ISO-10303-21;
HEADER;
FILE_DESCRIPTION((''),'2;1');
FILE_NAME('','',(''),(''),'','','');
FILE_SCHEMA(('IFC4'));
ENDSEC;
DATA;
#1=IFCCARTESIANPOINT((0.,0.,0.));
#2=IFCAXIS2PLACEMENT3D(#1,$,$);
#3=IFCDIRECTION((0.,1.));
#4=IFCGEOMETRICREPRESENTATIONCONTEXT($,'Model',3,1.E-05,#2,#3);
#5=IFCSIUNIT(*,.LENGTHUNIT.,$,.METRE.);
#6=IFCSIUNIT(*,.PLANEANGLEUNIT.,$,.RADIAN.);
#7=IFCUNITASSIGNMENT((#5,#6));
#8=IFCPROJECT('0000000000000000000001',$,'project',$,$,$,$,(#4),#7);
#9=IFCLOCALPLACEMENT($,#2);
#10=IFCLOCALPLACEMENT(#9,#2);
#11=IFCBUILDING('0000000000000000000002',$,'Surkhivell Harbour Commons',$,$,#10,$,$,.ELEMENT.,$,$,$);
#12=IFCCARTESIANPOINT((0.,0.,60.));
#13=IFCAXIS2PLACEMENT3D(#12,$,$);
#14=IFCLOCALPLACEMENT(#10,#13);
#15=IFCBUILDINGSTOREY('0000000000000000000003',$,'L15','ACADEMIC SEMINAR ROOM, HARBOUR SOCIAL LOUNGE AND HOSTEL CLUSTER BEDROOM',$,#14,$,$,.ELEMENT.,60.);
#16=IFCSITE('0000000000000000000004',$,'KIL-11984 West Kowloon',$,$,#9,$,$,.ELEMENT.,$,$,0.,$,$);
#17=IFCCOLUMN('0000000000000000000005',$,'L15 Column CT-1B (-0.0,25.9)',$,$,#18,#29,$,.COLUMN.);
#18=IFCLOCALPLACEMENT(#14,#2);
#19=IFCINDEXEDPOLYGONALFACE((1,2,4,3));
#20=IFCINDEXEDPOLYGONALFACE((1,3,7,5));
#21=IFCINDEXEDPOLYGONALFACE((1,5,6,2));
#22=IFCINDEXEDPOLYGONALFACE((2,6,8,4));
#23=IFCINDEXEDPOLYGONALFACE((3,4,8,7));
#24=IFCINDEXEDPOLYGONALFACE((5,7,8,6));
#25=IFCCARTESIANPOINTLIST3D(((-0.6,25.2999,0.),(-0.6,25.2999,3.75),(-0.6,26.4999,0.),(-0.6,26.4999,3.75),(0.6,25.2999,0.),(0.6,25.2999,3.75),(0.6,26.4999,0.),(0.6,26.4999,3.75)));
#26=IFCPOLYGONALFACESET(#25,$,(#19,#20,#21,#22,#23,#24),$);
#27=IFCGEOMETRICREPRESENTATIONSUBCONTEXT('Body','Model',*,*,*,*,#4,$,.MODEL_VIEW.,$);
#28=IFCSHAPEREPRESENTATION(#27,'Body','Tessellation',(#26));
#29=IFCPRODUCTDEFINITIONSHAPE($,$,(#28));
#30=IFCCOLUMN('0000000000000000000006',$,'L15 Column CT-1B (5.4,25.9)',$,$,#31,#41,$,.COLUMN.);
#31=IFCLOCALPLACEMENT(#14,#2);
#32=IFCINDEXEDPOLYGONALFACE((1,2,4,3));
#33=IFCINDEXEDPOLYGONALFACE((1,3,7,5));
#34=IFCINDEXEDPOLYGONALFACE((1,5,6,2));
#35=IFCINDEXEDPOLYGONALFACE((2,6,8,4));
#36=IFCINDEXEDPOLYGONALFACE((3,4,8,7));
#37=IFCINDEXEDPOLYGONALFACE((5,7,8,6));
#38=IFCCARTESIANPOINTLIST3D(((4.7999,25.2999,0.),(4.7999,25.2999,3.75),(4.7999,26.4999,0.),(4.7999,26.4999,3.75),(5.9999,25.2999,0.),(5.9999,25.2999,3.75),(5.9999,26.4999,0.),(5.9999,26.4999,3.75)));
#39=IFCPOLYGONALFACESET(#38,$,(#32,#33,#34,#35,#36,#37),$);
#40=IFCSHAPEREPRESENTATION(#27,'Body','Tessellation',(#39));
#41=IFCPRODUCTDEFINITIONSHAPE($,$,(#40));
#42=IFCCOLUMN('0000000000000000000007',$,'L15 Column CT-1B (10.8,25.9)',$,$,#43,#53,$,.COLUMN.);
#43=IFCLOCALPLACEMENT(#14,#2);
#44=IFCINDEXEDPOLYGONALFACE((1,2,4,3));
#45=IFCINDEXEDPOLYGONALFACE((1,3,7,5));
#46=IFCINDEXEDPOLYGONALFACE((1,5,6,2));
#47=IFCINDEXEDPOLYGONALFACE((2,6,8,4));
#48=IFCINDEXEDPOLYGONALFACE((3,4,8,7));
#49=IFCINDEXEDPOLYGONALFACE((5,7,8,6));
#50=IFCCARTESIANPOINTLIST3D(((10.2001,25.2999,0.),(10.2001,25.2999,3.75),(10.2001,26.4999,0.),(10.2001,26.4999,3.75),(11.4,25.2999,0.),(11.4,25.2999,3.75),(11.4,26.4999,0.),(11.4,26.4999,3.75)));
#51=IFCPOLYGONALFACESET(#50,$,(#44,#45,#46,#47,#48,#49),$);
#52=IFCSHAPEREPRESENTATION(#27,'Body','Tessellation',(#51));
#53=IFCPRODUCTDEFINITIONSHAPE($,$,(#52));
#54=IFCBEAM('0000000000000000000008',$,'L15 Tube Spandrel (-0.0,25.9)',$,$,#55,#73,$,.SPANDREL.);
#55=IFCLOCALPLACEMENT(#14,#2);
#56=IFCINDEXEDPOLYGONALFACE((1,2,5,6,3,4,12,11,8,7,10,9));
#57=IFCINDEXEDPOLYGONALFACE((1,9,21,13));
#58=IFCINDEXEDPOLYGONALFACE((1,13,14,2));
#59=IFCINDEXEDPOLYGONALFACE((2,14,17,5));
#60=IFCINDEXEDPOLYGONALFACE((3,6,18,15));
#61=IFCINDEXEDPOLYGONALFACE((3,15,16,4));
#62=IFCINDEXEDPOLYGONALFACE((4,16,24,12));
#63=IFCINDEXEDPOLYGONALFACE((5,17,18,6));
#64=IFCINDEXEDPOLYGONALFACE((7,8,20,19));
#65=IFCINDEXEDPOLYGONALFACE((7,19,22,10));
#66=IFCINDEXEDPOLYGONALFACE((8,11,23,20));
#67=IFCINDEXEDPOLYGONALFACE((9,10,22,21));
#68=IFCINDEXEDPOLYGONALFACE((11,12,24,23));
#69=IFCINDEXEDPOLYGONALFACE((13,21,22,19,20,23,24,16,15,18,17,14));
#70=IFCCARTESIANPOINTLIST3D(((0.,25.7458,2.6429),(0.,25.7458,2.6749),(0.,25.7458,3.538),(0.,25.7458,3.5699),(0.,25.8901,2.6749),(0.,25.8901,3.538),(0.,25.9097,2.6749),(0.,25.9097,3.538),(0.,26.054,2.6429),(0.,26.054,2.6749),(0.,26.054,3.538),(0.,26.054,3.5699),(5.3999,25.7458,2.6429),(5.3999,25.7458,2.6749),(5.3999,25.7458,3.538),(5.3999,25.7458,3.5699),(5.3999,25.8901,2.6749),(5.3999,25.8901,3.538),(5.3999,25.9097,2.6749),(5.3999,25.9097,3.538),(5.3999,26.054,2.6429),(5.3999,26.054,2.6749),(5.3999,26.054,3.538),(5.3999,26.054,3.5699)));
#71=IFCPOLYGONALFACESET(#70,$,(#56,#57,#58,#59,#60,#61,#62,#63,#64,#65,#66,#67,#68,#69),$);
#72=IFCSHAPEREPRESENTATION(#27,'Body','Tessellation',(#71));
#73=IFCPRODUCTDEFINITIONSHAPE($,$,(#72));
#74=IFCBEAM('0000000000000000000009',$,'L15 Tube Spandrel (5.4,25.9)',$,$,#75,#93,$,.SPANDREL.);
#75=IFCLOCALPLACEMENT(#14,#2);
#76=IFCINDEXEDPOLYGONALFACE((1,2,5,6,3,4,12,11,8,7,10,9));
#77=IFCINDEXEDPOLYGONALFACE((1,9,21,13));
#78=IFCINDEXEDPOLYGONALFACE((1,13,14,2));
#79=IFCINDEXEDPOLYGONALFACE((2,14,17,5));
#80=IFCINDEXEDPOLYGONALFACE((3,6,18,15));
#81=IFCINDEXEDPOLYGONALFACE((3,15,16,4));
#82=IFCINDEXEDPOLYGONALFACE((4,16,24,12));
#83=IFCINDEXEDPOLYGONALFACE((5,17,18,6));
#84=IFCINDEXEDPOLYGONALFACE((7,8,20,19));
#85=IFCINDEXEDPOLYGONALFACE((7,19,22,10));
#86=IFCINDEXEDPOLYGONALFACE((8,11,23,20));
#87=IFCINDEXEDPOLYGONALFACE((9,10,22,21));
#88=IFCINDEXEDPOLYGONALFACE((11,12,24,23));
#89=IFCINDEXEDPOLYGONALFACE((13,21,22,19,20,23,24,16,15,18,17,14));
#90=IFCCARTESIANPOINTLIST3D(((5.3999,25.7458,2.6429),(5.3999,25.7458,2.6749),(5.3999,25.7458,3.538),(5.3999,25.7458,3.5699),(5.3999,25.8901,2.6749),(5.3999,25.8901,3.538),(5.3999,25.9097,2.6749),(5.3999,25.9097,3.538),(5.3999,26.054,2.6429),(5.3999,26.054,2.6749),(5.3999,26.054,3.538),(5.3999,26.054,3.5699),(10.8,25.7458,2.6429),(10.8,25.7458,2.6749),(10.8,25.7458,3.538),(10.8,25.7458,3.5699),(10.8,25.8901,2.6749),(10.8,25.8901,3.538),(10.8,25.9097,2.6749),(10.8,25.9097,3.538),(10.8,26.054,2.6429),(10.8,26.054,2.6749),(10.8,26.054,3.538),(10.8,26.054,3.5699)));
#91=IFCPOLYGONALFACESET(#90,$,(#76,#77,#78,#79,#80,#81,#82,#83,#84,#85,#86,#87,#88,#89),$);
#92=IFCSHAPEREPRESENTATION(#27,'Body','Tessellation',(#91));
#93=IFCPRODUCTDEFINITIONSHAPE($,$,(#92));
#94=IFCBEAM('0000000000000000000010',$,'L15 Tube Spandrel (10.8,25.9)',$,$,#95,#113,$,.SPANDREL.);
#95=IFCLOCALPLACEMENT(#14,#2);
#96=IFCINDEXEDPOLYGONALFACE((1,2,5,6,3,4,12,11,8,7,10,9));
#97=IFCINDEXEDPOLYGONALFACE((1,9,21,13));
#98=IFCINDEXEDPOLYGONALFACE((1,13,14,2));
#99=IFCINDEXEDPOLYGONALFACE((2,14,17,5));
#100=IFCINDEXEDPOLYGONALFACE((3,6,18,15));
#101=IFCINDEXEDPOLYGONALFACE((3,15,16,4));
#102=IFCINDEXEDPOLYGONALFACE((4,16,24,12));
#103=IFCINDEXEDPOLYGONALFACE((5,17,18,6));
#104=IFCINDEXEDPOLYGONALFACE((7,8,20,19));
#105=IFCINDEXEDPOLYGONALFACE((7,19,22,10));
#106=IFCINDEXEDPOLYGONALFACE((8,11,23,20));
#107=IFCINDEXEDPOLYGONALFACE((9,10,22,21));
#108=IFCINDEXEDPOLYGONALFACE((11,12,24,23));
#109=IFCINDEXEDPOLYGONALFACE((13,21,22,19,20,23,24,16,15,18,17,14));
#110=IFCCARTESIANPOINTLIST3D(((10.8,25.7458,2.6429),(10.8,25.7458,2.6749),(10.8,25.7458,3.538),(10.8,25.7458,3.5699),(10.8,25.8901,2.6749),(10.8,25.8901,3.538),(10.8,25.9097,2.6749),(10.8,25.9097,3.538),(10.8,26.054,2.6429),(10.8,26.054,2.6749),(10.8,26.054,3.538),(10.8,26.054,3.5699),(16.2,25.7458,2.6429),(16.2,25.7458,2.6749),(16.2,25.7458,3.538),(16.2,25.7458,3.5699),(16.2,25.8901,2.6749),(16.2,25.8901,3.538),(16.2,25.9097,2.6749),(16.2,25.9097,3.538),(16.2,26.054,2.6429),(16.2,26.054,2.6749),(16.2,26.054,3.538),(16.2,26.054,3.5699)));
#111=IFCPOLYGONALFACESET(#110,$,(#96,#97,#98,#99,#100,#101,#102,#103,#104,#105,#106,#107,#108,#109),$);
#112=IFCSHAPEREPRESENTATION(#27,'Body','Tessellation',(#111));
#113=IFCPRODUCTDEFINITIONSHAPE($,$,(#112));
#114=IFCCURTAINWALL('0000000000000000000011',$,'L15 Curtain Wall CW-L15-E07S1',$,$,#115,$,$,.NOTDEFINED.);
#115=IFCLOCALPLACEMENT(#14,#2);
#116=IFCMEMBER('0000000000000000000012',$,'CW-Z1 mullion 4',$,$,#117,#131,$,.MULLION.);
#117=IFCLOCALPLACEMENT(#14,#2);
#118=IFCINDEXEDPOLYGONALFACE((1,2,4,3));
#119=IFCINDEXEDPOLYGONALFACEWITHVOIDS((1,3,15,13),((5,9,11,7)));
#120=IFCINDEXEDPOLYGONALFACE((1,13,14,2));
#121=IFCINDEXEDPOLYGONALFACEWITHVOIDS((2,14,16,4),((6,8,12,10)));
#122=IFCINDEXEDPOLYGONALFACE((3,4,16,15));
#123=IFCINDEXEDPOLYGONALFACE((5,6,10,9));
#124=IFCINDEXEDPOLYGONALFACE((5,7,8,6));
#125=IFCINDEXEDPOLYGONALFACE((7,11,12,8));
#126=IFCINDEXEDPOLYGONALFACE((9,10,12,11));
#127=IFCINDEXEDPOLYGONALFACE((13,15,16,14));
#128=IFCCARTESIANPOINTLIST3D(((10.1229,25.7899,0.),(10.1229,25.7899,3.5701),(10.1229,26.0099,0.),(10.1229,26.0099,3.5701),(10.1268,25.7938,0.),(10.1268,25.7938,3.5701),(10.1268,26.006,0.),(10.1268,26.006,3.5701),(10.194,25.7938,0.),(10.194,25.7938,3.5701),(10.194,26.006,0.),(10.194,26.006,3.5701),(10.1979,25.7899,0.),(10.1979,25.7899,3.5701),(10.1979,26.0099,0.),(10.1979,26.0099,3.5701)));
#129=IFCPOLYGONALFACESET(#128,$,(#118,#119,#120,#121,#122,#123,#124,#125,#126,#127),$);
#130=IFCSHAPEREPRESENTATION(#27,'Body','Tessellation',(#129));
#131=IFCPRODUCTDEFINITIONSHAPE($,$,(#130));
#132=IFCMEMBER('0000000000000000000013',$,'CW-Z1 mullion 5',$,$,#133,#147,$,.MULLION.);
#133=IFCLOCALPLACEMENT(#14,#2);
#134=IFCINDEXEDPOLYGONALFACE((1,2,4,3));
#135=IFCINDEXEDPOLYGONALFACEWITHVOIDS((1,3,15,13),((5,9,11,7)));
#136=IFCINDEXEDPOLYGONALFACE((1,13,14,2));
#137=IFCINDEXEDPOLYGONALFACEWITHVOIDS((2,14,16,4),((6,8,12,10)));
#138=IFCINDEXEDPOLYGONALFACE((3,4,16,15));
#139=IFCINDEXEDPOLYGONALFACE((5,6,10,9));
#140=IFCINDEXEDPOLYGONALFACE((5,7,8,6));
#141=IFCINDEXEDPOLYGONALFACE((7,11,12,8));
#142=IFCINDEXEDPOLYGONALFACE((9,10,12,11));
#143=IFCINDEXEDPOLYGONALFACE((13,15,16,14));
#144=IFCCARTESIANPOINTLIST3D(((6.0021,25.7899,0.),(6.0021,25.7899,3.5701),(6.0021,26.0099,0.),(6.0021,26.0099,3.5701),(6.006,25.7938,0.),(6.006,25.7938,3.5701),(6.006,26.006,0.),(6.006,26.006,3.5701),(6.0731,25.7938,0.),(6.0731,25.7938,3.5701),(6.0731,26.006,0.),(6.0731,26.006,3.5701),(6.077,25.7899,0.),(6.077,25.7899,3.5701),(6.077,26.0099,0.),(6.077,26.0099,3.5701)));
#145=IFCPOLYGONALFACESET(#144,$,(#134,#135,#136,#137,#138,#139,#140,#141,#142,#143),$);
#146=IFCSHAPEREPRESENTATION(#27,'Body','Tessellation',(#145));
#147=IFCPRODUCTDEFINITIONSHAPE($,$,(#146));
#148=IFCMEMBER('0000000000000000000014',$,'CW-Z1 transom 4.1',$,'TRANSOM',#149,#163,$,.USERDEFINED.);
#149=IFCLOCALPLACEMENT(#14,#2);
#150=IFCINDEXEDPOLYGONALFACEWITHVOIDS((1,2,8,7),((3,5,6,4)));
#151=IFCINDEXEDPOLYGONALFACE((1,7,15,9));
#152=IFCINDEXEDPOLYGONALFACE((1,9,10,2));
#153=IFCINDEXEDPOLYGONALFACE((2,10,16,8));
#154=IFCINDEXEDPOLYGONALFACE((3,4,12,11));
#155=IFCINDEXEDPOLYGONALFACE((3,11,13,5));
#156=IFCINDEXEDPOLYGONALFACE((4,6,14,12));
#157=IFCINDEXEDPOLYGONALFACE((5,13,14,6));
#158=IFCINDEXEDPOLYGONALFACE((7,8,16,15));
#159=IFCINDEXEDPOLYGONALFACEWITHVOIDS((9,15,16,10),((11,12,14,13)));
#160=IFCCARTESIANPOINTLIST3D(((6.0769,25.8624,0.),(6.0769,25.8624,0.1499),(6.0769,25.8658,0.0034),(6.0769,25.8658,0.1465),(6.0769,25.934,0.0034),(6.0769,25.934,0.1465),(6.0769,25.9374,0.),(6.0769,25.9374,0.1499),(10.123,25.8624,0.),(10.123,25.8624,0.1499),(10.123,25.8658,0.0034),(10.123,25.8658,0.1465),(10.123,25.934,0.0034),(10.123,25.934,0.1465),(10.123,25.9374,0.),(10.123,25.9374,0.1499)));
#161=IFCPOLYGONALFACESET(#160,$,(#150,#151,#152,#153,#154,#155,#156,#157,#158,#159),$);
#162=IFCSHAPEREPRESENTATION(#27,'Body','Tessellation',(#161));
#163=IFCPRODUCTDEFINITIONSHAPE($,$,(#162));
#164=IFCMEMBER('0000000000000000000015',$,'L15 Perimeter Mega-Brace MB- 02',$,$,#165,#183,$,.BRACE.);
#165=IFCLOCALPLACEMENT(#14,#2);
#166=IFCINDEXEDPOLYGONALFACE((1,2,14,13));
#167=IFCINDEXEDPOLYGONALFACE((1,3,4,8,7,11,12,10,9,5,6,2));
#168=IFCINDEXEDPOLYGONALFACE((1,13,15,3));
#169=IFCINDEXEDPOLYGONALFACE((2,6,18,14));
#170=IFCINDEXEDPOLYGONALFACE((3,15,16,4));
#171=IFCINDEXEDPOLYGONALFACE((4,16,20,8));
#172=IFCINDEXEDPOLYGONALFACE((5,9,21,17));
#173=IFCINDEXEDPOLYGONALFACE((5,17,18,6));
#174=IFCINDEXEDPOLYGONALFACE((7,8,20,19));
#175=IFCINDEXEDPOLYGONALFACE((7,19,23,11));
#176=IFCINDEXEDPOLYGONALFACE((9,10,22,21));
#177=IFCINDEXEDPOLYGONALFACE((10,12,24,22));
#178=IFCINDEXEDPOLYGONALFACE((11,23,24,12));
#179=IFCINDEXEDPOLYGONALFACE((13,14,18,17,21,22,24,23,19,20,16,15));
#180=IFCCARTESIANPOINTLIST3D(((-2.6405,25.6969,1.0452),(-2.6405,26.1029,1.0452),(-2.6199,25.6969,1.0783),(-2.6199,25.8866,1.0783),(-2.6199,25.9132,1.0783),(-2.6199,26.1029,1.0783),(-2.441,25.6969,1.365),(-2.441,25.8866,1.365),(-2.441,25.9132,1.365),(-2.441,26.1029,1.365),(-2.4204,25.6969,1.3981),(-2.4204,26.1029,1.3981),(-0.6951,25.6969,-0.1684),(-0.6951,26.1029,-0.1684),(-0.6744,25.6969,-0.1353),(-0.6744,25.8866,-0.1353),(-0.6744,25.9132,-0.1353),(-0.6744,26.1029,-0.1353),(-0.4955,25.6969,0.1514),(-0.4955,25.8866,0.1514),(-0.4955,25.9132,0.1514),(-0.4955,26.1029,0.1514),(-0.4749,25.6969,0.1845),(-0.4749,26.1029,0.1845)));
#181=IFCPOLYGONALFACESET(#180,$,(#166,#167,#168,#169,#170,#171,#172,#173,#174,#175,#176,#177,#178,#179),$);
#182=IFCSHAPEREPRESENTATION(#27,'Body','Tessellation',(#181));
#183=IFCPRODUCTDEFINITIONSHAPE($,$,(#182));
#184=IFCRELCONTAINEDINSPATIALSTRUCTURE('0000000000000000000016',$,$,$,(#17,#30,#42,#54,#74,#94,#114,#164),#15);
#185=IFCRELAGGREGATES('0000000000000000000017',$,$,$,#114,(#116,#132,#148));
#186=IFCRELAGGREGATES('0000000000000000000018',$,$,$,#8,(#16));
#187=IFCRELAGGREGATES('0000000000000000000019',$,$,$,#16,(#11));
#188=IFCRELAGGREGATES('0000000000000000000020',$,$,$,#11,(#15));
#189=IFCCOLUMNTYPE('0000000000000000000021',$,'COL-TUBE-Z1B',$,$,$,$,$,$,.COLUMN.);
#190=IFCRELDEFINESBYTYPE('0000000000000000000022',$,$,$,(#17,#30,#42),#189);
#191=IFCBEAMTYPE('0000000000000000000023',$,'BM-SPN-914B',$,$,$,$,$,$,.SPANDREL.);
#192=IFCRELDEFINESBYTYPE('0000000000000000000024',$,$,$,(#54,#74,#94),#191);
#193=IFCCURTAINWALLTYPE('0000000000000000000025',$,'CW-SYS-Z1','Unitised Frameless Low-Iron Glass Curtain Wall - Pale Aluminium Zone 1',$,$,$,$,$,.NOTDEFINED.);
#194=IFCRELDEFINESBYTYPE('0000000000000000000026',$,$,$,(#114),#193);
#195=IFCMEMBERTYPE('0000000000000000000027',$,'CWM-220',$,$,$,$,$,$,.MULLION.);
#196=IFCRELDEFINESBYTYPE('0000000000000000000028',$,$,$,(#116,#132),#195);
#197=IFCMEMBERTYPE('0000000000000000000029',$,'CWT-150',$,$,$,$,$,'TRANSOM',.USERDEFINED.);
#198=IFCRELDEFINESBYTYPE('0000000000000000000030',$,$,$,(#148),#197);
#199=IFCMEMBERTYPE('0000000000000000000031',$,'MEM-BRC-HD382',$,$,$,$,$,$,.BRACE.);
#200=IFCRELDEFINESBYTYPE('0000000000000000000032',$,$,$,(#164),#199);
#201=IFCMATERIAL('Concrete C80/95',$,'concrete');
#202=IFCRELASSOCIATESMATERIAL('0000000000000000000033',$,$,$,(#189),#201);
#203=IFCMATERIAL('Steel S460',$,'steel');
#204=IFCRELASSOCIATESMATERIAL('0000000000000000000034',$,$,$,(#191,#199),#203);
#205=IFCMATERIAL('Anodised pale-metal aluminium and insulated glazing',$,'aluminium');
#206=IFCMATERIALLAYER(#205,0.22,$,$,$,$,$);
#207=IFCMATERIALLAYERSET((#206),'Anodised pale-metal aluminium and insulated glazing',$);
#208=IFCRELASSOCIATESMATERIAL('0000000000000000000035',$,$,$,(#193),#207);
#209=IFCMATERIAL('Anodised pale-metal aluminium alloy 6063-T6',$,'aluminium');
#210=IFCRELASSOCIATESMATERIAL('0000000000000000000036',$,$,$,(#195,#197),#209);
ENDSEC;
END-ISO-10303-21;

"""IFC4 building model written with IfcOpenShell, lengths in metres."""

from ifc_helpers import new_model, si_unit, direction, frame, origin, origin_2d, place, context, subcontext, project, spatial, rectangle, hollow_rectangle, i_section, extrude, material, layer, layer_set, material_profile, profile_set, type_object, element, aggregate, save


model = new_model("IFC4")

# Units and contexts
model_context = context("Model", 3, precision=1e-05, world=origin(), true_north=direction((0.0, 1.0)))
body_context = subcontext(model_context, "Body", "Model", "MODEL_VIEW")
ifc_project = project(units=[si_unit("LENGTHUNIT", "METRE"), si_unit("PLANEANGLEUNIT", "RADIAN")], contexts=[model_context])

# Site, building, storey
site_placement = place(None, origin())
site = spatial("IfcSite", under=ifc_project, at=site_placement, Name="KIL-11984 West Kowloon", CompositionType="ELEMENT", RefElevation=0.0)
building_placement = place(site_placement, origin())
building = spatial("IfcBuilding", under=site, at=building_placement, Name="Surkhivell Harbour Commons", CompositionType="ELEMENT")
storey_placement = place(building_placement, frame((0.0, 0.0, 60.0)))
storey = spatial("IfcBuildingStorey", under=building, at=storey_placement, Name="L15", Description="ACADEMIC SEMINAR ROOM, HARBOUR SOCIAL LOUNGE AND HOSTEL CLUSTER BEDROOM", CompositionType="ELEMENT", Elevation=60.0)

# Columns
ifc_material_1 = material(Name="Concrete C80/95", Category="concrete")
ifc_material_profile_1 = material_profile(ifc_material_1, rectangle(XDim=1.2, YDim=1.2, at=origin_2d()), Name="RC-COL-1200x1200")
ifc_profile_set_1 = profile_set([ifc_material_profile_1], Name="Concrete C80/95")
column_type = type_object("IfcColumnType", Name="COL-TUBE-Z1B", PredefinedType="COLUMN", material=ifc_profile_set_1)
for number, where, z_axis, x_axis, name in (
    (1, (0.0, 25.8999, 0.0), (0.0, 0.0, 1.0), (1.0, 0.0, 0.0), "L15 Column CT-1B (-0.0,25.9)"),
    (2, (5.3999, 25.8999, 0.0), (0.0, 0.0, 1.0), (1.0, 0.0, 0.0), "L15 Column CT-1B (5.4,25.9)"),
    (3, (10.8, 25.8999, 0.0), (0.0, 0.0, 1.0), (1.0, 0.0, 0.0), "L15 Column CT-1B (10.8,25.9)"),
):
    element("IfcColumn", number, at=place(storey_placement, frame(where, z_axis=z_axis, x_axis=x_axis)), inside=storey, type_object=column_type, Name=name, PredefinedType="COLUMN", context=body_context, shape_type="SweptSolid", body=[
        extrude(rectangle(XDim=1.2, YDim=1.2, at=origin_2d()), origin(), (0.0, 0.0, 1.0), 3.75),
    ])

# Beams
ifc_material_2 = material(Name="Steel S460", Category="steel")
ifc_material_profile_2 = material_profile(ifc_material_2, i_section(OverallWidth=0.3081, OverallDepth=0.927, WebThickness=0.0195, FlangeThickness=0.032, at=origin_2d()), Name="UB914x305x289")
ifc_profile_set_2 = profile_set([ifc_material_profile_2], Name="Steel S460")
beam_type = type_object("IfcBeamType", Name="BM-SPN-914B", PredefinedType="SPANDREL", material=ifc_profile_set_2)
beam_1_placement = place(storey_placement, frame((0.0, 25.8999, 3.1064), z_axis=(1.0, 0.0, 0.0), x_axis=(0.0, 1.0, 0.0)))
element("IfcBeam", 4, at=beam_1_placement, inside=storey, type_object=beam_type, Name="L15 Tube Spandrel (-0.0,25.9)", PredefinedType="SPANDREL", context=body_context, shape_type="SweptSolid", body=[
    extrude(i_section(OverallWidth=0.3081, OverallDepth=0.927, WebThickness=0.0195, FlangeThickness=0.032, at=origin_2d()), origin(), (0.0, 0.0, 1.0), 5.3999),
])
beam_2_placement = place(storey_placement, frame((5.3999, 25.8999, 3.1064), z_axis=(1.0, 0.0, 0.0), x_axis=(0.0, 1.0, 0.0)))
element("IfcBeam", 5, at=beam_2_placement, inside=storey, type_object=beam_type, Name="L15 Tube Spandrel (5.4,25.9)", PredefinedType="SPANDREL", context=body_context, shape_type="SweptSolid", body=[
    extrude(i_section(OverallWidth=0.3081, OverallDepth=0.927, WebThickness=0.0195, FlangeThickness=0.032, at=origin_2d()), origin(), (0.0, 0.0, 1.0), 5.4001),
])
beam_3_placement = place(storey_placement, frame((10.8, 25.8999, 3.1064), z_axis=(1.0, 0.0, 0.0), x_axis=(0.0, 1.0, 0.0)))
element("IfcBeam", 6, at=beam_3_placement, inside=storey, type_object=beam_type, Name="L15 Tube Spandrel (10.8,25.9)", PredefinedType="SPANDREL", context=body_context, shape_type="SweptSolid", body=[
    extrude(i_section(OverallWidth=0.3081, OverallDepth=0.927, WebThickness=0.0195, FlangeThickness=0.032, at=origin_2d()), origin(), (0.0, 0.0, 1.0), 5.3999),
])

# Curtain wall, members
ifc_material_3 = material(Name="Anodised pale-metal aluminium and insulated glazing", Category="aluminium")
ifc_layer_1 = layer(ifc_material_3, 0.22)
ifc_layer_set_1 = layer_set([ifc_layer_1], Name="Anodised pale-metal aluminium and insulated glazing")
curtain_wall_type = type_object("IfcCurtainWallType", Name="CW-SYS-Z1", Description="Unitised Frameless Low-Iron Glass Curtain Wall - Pale Aluminium Zone 1", PredefinedType="NOTDEFINED", material=ifc_layer_set_1)
curtain_wall_placement = place(storey_placement, origin())
curtain_wall = element("IfcCurtainWall", 7, at=curtain_wall_placement, inside=storey, type_object=curtain_wall_type, Name="L15 Curtain Wall CW-L15-E07S1", PredefinedType="NOTDEFINED")
ifc_material_4 = material(Name="Anodised pale-metal aluminium alloy 6063-T6", Category="aluminium")
ifc_material_profile_3 = material_profile(ifc_material_4, hollow_rectangle(XDim=0.075, YDim=0.22, WallThickness=0.0039, at=origin_2d()), Name="ALU-MULL-75x220")
ifc_profile_set_3 = profile_set([ifc_material_profile_3], Name="Anodised pale-metal aluminium alloy 6063-T6")
member_type_1 = type_object("IfcMemberType", Name="CWM-220", PredefinedType="MULLION", material=ifc_profile_set_3)
member_1_placement = place(storey_placement, frame((10.1604, 25.8999, 0.0), z_axis=(0.0, 0.0, 1.0), x_axis=(-1.0, 0.0, 0.0)))
member_1 = element("IfcMember", 8, at=member_1_placement, type_object=member_type_1, Name="CW-Z1 mullion 4", PredefinedType="MULLION", context=body_context, shape_type="SweptSolid", body=[
    extrude(hollow_rectangle(XDim=0.075, YDim=0.22, WallThickness=0.0039, at=origin_2d()), origin(), (0.0, 0.0, 1.0), 3.5701),
])
member_2_placement = place(storey_placement, frame((6.0396, 25.8999, 0.0), z_axis=(0.0, 0.0, 1.0), x_axis=(-1.0, 0.0, 0.0)))
member_2 = element("IfcMember", 9, at=member_2_placement, type_object=member_type_1, Name="CW-Z1 mullion 5", PredefinedType="MULLION", context=body_context, shape_type="SweptSolid", body=[
    extrude(hollow_rectangle(XDim=0.075, YDim=0.22, WallThickness=0.0039, at=origin_2d()), origin(), (0.0, 0.0, 1.0), 3.5701),
])
ifc_material_profile_4 = material_profile(ifc_material_4, hollow_rectangle(XDim=0.075, YDim=0.1499, WallThickness=0.0034, at=origin_2d()), Name="ALU-TRAN-75x150")
ifc_profile_set_4 = profile_set([ifc_material_profile_4], Name="Anodised pale-metal aluminium alloy 6063-T6")
member_type_2 = type_object("IfcMemberType", Name="CWT-150", ElementType="TRANSOM", PredefinedType="USERDEFINED", material=ifc_profile_set_4)
member_3_placement = place(storey_placement, frame((10.123, 25.8999, 0.075), z_axis=(-1.0, 0.0, 0.0), x_axis=(0.0, -1.0, 0.0)))
member_3 = element("IfcMember", 10, at=member_3_placement, type_object=member_type_2, Name="CW-Z1 transom 4.1", ObjectType="TRANSOM", PredefinedType="USERDEFINED", context=body_context, shape_type="SweptSolid", body=[
    extrude(hollow_rectangle(XDim=0.075, YDim=0.1499, WallThickness=0.0034, at=origin_2d()), origin(), (0.0, 0.0, 1.0), 4.0461),
])

# Member
ifc_material_profile_5 = material_profile(ifc_material_2, i_section(OverallWidth=0.406, OverallDepth=0.416, WebThickness=0.0266, FlangeThickness=0.0391, at=origin_2d()), Name="HD400x382")
ifc_profile_set_5 = profile_set([ifc_material_profile_5], Name="Steel S460")
member_type_3 = type_object("IfcMemberType", Name="MEM-BRC-HD382", PredefinedType="BRACE", material=ifc_profile_set_5)
member_4_placement = place(storey_placement, frame((-0.585, 25.8999, 0.0081), z_axis=(-0.848459, 0.0, 0.529262), x_axis=(0.0, -1.0, 0.0)))
element("IfcMember", 11, at=member_4_placement, inside=storey, type_object=member_type_3, Name="L15 Perimeter Mega-Brace MB- 02", PredefinedType="BRACE", context=body_context, shape_type="SweptSolid", body=[
    extrude(i_section(OverallWidth=0.406, OverallDepth=0.416, WebThickness=0.0266, FlangeThickness=0.0391, at=origin_2d()), origin(), (0.0, 0.0, 1.0), 2.293),
])

aggregate(curtain_wall, [member_1, member_2, member_3])

save(model, "model.ifc")
